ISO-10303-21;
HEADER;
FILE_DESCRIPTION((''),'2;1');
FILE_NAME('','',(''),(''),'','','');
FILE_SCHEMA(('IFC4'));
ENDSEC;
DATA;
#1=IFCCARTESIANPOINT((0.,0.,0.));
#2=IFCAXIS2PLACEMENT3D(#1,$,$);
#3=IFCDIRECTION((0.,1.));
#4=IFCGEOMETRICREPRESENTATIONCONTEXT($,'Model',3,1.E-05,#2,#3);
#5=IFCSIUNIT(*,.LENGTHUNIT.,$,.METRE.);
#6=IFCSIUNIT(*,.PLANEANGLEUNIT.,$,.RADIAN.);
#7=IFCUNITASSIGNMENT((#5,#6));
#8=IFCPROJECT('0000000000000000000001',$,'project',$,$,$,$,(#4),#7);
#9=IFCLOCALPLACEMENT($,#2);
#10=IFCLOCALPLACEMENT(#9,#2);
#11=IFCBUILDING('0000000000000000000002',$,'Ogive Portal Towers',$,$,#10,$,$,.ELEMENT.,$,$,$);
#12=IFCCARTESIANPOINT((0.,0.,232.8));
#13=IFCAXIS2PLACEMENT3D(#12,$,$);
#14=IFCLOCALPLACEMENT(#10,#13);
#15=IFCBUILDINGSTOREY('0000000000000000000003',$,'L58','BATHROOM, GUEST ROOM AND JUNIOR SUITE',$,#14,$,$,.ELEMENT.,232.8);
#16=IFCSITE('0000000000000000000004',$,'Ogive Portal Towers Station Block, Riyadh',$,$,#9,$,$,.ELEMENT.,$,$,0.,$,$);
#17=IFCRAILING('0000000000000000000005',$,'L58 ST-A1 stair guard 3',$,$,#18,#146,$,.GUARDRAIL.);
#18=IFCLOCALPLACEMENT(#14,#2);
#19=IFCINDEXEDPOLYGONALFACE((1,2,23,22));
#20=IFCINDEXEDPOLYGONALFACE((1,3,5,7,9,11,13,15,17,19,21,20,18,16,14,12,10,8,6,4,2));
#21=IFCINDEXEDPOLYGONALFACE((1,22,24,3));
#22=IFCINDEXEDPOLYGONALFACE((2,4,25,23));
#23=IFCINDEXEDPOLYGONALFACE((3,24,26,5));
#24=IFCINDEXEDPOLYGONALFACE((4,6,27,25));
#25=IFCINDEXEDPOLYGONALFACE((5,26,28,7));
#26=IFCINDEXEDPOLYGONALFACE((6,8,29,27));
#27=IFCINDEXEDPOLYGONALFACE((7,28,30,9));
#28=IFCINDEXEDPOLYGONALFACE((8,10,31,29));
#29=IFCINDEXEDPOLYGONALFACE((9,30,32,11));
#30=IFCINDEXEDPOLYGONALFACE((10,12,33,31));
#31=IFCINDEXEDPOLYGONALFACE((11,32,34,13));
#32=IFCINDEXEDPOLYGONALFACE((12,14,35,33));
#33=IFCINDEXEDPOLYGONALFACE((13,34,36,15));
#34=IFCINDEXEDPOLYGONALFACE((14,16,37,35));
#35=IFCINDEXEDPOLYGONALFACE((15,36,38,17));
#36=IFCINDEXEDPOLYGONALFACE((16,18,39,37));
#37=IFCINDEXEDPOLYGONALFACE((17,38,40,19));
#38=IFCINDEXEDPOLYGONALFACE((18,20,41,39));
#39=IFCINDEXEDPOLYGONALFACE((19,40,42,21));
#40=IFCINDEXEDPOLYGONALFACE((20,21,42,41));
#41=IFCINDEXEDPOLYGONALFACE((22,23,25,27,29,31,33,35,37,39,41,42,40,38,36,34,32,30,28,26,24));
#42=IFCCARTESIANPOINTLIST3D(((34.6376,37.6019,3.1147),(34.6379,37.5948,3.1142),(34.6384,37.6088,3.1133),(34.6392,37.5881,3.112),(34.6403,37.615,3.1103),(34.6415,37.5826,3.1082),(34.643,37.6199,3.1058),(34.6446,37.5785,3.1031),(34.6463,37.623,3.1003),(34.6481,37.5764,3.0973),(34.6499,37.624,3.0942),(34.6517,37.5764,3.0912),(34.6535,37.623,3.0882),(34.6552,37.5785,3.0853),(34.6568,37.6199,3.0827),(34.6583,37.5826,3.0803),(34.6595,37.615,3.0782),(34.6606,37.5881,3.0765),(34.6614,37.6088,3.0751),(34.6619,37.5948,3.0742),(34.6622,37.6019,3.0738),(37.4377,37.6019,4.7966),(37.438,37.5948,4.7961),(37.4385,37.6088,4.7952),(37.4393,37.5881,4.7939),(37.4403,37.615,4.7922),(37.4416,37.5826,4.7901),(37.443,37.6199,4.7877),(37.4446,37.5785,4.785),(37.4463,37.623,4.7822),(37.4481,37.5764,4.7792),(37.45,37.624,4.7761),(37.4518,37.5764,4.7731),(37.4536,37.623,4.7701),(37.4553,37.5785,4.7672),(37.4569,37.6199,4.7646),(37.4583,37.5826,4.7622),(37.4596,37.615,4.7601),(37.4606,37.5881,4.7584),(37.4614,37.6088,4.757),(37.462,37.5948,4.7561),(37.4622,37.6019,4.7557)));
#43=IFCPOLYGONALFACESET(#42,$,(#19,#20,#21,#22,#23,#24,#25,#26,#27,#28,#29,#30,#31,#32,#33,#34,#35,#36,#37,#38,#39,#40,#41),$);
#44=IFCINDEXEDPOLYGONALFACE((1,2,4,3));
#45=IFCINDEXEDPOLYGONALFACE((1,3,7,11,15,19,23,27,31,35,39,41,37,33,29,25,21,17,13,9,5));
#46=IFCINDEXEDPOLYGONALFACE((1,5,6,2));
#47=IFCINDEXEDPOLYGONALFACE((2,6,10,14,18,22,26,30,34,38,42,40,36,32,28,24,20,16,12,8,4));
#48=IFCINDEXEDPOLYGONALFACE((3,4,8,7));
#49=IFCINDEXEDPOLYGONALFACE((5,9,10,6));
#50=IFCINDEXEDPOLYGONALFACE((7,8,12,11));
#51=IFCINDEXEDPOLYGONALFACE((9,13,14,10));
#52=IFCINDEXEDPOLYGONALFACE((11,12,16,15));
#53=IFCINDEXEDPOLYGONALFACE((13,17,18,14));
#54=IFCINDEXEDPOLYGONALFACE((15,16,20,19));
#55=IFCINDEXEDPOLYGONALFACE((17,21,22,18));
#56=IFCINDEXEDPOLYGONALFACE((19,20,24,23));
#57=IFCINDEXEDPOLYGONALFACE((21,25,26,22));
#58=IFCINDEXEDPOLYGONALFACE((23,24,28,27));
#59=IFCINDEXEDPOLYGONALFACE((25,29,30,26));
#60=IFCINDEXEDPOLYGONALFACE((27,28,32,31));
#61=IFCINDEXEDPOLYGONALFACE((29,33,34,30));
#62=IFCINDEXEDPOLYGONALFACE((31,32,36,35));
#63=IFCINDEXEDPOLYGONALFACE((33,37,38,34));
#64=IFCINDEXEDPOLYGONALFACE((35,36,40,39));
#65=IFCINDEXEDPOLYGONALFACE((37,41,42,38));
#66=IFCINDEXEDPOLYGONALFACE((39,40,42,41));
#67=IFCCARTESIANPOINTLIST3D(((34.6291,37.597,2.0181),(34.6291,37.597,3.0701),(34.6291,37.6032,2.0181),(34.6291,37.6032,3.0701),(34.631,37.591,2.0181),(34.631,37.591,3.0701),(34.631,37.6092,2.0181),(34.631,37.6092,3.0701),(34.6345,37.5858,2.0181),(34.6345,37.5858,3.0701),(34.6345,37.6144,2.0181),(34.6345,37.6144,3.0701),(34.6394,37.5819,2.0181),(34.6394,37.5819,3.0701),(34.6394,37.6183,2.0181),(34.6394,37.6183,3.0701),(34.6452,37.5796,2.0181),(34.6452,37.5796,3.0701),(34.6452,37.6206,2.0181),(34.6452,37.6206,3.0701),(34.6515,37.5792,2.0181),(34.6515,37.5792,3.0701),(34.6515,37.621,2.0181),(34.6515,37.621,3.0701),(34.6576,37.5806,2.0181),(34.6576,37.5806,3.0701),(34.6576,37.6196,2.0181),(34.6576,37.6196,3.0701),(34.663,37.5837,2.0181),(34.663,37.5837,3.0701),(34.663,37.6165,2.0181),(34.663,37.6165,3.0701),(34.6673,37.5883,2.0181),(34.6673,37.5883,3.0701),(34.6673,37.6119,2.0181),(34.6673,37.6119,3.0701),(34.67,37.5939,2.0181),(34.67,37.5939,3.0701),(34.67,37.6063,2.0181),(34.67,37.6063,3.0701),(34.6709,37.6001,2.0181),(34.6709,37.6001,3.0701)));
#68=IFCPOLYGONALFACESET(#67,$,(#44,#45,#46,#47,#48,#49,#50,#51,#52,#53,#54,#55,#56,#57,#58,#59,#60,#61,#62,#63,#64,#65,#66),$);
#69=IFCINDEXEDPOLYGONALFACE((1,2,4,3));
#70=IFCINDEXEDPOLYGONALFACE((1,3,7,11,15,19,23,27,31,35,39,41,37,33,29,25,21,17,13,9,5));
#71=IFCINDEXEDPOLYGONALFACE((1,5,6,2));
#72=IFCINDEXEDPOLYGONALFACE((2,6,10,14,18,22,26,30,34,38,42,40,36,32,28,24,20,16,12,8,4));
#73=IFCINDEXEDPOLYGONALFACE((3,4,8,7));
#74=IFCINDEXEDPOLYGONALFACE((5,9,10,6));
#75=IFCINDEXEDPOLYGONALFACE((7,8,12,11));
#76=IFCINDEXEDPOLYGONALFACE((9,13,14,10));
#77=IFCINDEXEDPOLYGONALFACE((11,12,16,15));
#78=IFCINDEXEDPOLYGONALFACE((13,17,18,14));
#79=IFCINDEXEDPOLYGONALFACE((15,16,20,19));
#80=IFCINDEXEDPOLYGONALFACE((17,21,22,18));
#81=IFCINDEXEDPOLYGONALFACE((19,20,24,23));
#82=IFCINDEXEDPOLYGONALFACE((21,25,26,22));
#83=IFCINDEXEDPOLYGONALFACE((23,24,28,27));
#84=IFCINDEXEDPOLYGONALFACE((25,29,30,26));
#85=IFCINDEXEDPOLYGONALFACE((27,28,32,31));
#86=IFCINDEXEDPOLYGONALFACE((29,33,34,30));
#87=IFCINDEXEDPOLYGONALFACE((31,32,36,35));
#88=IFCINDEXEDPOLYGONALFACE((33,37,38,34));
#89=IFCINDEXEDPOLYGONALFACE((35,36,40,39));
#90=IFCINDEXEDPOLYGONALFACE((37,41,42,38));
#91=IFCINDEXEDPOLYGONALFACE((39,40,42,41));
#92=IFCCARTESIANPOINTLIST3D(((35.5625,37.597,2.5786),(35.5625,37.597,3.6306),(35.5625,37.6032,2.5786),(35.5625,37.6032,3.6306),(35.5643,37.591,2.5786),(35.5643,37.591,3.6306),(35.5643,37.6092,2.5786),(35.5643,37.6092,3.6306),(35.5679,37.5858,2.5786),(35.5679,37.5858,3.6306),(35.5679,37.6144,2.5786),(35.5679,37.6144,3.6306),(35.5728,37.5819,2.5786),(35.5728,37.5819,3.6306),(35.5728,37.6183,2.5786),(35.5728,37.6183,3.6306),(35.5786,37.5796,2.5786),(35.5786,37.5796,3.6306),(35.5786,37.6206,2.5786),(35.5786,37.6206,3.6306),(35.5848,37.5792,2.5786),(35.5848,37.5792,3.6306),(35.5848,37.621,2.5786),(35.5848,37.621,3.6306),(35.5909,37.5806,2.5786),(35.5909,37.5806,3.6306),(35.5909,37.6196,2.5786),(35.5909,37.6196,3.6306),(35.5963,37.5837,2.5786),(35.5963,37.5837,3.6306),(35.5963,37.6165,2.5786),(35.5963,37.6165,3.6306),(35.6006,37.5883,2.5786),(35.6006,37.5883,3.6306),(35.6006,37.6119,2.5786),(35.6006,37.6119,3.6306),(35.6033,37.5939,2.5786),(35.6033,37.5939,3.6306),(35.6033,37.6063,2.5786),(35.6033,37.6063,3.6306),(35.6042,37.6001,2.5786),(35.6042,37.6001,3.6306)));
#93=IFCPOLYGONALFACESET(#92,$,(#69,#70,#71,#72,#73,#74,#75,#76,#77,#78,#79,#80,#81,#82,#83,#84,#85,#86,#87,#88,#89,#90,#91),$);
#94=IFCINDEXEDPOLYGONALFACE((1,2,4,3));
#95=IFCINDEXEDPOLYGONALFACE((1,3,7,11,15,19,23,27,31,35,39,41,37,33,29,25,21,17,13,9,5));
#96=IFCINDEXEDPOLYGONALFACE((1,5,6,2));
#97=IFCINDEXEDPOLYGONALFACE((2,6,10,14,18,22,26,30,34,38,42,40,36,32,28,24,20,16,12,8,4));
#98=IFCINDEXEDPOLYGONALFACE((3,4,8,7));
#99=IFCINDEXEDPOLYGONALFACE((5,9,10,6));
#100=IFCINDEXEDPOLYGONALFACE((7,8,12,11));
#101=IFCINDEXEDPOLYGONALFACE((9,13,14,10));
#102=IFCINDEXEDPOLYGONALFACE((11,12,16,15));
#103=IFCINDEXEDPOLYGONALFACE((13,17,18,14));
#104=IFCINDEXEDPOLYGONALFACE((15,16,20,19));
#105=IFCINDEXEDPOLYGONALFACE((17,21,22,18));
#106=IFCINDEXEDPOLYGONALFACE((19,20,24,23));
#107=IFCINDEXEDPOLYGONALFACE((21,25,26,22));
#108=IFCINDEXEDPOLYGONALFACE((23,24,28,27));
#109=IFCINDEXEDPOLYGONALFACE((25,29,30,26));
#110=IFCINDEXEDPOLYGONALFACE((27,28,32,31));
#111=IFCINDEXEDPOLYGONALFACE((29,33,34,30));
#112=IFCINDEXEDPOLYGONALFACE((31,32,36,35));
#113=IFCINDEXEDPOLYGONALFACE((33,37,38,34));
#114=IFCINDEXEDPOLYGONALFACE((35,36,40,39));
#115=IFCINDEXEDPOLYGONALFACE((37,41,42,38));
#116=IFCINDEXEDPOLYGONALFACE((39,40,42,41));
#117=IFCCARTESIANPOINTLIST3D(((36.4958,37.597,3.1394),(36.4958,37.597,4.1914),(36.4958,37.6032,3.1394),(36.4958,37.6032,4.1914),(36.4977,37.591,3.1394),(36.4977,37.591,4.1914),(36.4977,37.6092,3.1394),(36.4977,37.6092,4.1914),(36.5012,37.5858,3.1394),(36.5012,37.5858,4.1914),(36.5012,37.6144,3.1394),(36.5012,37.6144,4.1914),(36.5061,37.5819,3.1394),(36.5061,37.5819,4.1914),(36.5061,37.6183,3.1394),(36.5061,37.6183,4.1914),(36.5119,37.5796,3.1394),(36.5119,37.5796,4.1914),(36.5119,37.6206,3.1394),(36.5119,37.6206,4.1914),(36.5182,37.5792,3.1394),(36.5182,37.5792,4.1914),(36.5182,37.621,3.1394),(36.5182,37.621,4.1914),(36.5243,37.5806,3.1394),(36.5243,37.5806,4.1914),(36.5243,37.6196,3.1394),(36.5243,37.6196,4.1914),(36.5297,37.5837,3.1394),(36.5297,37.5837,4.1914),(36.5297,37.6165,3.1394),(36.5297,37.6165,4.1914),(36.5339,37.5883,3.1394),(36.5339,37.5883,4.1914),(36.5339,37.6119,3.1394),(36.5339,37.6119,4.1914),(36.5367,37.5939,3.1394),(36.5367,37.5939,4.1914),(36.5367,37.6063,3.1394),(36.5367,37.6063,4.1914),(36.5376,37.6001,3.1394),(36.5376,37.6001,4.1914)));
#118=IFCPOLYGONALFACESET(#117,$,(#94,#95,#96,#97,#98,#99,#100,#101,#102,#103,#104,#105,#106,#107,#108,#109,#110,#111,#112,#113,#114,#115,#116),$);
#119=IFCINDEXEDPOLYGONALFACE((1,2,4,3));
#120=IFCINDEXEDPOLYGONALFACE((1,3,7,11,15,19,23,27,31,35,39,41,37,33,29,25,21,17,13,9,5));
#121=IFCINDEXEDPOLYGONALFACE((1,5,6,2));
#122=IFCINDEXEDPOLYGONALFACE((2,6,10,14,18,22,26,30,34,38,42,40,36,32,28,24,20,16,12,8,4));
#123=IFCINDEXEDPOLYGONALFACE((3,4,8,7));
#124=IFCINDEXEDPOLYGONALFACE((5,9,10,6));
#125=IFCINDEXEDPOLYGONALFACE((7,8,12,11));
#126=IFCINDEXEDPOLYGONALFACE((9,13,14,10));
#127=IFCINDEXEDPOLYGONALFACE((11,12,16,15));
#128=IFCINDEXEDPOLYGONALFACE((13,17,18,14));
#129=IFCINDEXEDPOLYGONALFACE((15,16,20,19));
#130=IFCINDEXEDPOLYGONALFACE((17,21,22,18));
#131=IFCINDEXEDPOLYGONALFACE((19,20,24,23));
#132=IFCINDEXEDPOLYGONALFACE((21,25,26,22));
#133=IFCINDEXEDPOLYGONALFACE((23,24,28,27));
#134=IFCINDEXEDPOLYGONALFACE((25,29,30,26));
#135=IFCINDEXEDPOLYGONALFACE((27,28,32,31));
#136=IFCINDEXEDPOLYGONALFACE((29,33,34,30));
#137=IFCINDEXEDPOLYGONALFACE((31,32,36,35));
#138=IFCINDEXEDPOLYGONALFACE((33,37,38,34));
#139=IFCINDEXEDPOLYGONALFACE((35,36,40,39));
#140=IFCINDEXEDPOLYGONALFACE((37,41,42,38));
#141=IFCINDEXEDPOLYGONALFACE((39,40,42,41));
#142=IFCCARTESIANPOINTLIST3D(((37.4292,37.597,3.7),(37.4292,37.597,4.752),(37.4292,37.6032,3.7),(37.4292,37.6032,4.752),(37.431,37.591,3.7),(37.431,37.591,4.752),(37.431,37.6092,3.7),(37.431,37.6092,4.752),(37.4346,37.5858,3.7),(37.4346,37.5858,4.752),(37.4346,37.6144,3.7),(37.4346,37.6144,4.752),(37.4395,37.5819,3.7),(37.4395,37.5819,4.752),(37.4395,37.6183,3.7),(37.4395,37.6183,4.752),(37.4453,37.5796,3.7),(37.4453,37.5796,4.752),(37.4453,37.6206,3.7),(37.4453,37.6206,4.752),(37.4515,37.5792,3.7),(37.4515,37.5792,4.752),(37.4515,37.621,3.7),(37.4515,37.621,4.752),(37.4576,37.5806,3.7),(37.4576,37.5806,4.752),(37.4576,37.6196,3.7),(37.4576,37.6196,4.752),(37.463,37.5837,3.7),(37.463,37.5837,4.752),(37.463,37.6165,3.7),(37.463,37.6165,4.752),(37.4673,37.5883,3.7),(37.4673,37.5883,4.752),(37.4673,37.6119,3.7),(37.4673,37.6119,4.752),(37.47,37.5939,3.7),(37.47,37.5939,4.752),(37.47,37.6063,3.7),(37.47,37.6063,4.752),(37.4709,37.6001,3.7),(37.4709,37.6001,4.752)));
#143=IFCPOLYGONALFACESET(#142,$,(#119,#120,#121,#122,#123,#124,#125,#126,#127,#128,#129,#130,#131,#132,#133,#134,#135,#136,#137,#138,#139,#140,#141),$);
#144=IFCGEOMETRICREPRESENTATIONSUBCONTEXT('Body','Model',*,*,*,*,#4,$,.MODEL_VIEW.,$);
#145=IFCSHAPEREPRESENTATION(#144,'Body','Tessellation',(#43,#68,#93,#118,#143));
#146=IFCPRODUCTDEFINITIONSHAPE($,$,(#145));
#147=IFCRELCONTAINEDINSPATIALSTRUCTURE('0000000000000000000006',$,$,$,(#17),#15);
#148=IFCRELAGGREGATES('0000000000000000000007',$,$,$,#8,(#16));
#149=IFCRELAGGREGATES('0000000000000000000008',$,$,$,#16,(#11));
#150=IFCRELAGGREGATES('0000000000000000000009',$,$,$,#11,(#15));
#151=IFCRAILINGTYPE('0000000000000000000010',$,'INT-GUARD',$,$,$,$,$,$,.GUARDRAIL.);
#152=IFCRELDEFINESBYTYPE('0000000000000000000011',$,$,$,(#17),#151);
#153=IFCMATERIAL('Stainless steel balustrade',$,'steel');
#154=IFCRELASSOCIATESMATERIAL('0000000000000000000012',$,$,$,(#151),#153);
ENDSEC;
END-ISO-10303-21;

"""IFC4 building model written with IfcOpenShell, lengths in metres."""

from ifc_helpers import new_model, si_unit, direction, frame, origin, origin_2d, place, context, subcontext, project, spatial, circle, extrude, material, type_object, element, save


model = new_model("IFC4")

# Units and contexts
model_context = context("Model", 3, precision=1e-05, world=origin(), true_north=direction((0.0, 1.0)))
body_context = subcontext(model_context, "Body", "Model", "MODEL_VIEW")
ifc_project = project(units=[si_unit("LENGTHUNIT", "METRE"), si_unit("PLANEANGLEUNIT", "RADIAN")], contexts=[model_context])

# Site, building, storey
site_placement = place(None, origin())
site = spatial("IfcSite", under=ifc_project, at=site_placement, Name="Ogive Portal Towers Station Block, Riyadh", CompositionType="ELEMENT", RefElevation=0.0)
building_placement = place(site_placement, origin())
building = spatial("IfcBuilding", under=site, at=building_placement, Name="Ogive Portal Towers", CompositionType="ELEMENT")
storey_placement = place(building_placement, frame((0.0, 0.0, 232.8)))
storey = spatial("IfcBuildingStorey", under=building, at=storey_placement, Name="L58", Description="BATHROOM, GUEST ROOM AND JUNIOR SUITE", CompositionType="ELEMENT", Elevation=232.8)

# Railing
ifc_material_1 = material(Name="Stainless steel balustrade", Category="steel")
railing_type_1 = type_object("IfcRailingType", Name="INT-GUARD", PredefinedType="GUARDRAIL", material=ifc_material_1)
railing_1_placement = place(storey_placement, frame((34.6499, 37.6001, 2.0181)))
element("IfcRailing", 1, at=railing_1_placement, inside=storey, type_object=railing_type_1, Name="L58 ST-A1 stair guard 3", PredefinedType="GUARDRAIL", context=body_context, shape_type="SweptSolid", body=[
    extrude(circle(Radius=0.0239, at=origin_2d()), frame((0.0, 0.0, 1.0762), z_axis=(0.857242, 0.0, 0.514913), x_axis=(0.0, 1.0, 0.0)), (0.0, 0.0, 1.0), 3.2664),
    extrude(circle(Radius=0.021, at=origin_2d()), origin(), (0.0, 0.0, 1.0), 1.052),
    extrude(circle(Radius=0.021, at=origin_2d()), frame((0.9333, 0.0, 0.5605)), (0.0, 0.0, 1.0), 1.052),
    extrude(circle(Radius=0.021, at=origin_2d()), frame((1.8667, 0.0, 1.1213)), (0.0, 0.0, 1.0), 1.052),
    extrude(circle(Radius=0.021, at=origin_2d()), frame((2.8, 0.0, 1.6819)), (0.0, 0.0, 1.0), 1.052),
])

save(model, "model.ifc")
